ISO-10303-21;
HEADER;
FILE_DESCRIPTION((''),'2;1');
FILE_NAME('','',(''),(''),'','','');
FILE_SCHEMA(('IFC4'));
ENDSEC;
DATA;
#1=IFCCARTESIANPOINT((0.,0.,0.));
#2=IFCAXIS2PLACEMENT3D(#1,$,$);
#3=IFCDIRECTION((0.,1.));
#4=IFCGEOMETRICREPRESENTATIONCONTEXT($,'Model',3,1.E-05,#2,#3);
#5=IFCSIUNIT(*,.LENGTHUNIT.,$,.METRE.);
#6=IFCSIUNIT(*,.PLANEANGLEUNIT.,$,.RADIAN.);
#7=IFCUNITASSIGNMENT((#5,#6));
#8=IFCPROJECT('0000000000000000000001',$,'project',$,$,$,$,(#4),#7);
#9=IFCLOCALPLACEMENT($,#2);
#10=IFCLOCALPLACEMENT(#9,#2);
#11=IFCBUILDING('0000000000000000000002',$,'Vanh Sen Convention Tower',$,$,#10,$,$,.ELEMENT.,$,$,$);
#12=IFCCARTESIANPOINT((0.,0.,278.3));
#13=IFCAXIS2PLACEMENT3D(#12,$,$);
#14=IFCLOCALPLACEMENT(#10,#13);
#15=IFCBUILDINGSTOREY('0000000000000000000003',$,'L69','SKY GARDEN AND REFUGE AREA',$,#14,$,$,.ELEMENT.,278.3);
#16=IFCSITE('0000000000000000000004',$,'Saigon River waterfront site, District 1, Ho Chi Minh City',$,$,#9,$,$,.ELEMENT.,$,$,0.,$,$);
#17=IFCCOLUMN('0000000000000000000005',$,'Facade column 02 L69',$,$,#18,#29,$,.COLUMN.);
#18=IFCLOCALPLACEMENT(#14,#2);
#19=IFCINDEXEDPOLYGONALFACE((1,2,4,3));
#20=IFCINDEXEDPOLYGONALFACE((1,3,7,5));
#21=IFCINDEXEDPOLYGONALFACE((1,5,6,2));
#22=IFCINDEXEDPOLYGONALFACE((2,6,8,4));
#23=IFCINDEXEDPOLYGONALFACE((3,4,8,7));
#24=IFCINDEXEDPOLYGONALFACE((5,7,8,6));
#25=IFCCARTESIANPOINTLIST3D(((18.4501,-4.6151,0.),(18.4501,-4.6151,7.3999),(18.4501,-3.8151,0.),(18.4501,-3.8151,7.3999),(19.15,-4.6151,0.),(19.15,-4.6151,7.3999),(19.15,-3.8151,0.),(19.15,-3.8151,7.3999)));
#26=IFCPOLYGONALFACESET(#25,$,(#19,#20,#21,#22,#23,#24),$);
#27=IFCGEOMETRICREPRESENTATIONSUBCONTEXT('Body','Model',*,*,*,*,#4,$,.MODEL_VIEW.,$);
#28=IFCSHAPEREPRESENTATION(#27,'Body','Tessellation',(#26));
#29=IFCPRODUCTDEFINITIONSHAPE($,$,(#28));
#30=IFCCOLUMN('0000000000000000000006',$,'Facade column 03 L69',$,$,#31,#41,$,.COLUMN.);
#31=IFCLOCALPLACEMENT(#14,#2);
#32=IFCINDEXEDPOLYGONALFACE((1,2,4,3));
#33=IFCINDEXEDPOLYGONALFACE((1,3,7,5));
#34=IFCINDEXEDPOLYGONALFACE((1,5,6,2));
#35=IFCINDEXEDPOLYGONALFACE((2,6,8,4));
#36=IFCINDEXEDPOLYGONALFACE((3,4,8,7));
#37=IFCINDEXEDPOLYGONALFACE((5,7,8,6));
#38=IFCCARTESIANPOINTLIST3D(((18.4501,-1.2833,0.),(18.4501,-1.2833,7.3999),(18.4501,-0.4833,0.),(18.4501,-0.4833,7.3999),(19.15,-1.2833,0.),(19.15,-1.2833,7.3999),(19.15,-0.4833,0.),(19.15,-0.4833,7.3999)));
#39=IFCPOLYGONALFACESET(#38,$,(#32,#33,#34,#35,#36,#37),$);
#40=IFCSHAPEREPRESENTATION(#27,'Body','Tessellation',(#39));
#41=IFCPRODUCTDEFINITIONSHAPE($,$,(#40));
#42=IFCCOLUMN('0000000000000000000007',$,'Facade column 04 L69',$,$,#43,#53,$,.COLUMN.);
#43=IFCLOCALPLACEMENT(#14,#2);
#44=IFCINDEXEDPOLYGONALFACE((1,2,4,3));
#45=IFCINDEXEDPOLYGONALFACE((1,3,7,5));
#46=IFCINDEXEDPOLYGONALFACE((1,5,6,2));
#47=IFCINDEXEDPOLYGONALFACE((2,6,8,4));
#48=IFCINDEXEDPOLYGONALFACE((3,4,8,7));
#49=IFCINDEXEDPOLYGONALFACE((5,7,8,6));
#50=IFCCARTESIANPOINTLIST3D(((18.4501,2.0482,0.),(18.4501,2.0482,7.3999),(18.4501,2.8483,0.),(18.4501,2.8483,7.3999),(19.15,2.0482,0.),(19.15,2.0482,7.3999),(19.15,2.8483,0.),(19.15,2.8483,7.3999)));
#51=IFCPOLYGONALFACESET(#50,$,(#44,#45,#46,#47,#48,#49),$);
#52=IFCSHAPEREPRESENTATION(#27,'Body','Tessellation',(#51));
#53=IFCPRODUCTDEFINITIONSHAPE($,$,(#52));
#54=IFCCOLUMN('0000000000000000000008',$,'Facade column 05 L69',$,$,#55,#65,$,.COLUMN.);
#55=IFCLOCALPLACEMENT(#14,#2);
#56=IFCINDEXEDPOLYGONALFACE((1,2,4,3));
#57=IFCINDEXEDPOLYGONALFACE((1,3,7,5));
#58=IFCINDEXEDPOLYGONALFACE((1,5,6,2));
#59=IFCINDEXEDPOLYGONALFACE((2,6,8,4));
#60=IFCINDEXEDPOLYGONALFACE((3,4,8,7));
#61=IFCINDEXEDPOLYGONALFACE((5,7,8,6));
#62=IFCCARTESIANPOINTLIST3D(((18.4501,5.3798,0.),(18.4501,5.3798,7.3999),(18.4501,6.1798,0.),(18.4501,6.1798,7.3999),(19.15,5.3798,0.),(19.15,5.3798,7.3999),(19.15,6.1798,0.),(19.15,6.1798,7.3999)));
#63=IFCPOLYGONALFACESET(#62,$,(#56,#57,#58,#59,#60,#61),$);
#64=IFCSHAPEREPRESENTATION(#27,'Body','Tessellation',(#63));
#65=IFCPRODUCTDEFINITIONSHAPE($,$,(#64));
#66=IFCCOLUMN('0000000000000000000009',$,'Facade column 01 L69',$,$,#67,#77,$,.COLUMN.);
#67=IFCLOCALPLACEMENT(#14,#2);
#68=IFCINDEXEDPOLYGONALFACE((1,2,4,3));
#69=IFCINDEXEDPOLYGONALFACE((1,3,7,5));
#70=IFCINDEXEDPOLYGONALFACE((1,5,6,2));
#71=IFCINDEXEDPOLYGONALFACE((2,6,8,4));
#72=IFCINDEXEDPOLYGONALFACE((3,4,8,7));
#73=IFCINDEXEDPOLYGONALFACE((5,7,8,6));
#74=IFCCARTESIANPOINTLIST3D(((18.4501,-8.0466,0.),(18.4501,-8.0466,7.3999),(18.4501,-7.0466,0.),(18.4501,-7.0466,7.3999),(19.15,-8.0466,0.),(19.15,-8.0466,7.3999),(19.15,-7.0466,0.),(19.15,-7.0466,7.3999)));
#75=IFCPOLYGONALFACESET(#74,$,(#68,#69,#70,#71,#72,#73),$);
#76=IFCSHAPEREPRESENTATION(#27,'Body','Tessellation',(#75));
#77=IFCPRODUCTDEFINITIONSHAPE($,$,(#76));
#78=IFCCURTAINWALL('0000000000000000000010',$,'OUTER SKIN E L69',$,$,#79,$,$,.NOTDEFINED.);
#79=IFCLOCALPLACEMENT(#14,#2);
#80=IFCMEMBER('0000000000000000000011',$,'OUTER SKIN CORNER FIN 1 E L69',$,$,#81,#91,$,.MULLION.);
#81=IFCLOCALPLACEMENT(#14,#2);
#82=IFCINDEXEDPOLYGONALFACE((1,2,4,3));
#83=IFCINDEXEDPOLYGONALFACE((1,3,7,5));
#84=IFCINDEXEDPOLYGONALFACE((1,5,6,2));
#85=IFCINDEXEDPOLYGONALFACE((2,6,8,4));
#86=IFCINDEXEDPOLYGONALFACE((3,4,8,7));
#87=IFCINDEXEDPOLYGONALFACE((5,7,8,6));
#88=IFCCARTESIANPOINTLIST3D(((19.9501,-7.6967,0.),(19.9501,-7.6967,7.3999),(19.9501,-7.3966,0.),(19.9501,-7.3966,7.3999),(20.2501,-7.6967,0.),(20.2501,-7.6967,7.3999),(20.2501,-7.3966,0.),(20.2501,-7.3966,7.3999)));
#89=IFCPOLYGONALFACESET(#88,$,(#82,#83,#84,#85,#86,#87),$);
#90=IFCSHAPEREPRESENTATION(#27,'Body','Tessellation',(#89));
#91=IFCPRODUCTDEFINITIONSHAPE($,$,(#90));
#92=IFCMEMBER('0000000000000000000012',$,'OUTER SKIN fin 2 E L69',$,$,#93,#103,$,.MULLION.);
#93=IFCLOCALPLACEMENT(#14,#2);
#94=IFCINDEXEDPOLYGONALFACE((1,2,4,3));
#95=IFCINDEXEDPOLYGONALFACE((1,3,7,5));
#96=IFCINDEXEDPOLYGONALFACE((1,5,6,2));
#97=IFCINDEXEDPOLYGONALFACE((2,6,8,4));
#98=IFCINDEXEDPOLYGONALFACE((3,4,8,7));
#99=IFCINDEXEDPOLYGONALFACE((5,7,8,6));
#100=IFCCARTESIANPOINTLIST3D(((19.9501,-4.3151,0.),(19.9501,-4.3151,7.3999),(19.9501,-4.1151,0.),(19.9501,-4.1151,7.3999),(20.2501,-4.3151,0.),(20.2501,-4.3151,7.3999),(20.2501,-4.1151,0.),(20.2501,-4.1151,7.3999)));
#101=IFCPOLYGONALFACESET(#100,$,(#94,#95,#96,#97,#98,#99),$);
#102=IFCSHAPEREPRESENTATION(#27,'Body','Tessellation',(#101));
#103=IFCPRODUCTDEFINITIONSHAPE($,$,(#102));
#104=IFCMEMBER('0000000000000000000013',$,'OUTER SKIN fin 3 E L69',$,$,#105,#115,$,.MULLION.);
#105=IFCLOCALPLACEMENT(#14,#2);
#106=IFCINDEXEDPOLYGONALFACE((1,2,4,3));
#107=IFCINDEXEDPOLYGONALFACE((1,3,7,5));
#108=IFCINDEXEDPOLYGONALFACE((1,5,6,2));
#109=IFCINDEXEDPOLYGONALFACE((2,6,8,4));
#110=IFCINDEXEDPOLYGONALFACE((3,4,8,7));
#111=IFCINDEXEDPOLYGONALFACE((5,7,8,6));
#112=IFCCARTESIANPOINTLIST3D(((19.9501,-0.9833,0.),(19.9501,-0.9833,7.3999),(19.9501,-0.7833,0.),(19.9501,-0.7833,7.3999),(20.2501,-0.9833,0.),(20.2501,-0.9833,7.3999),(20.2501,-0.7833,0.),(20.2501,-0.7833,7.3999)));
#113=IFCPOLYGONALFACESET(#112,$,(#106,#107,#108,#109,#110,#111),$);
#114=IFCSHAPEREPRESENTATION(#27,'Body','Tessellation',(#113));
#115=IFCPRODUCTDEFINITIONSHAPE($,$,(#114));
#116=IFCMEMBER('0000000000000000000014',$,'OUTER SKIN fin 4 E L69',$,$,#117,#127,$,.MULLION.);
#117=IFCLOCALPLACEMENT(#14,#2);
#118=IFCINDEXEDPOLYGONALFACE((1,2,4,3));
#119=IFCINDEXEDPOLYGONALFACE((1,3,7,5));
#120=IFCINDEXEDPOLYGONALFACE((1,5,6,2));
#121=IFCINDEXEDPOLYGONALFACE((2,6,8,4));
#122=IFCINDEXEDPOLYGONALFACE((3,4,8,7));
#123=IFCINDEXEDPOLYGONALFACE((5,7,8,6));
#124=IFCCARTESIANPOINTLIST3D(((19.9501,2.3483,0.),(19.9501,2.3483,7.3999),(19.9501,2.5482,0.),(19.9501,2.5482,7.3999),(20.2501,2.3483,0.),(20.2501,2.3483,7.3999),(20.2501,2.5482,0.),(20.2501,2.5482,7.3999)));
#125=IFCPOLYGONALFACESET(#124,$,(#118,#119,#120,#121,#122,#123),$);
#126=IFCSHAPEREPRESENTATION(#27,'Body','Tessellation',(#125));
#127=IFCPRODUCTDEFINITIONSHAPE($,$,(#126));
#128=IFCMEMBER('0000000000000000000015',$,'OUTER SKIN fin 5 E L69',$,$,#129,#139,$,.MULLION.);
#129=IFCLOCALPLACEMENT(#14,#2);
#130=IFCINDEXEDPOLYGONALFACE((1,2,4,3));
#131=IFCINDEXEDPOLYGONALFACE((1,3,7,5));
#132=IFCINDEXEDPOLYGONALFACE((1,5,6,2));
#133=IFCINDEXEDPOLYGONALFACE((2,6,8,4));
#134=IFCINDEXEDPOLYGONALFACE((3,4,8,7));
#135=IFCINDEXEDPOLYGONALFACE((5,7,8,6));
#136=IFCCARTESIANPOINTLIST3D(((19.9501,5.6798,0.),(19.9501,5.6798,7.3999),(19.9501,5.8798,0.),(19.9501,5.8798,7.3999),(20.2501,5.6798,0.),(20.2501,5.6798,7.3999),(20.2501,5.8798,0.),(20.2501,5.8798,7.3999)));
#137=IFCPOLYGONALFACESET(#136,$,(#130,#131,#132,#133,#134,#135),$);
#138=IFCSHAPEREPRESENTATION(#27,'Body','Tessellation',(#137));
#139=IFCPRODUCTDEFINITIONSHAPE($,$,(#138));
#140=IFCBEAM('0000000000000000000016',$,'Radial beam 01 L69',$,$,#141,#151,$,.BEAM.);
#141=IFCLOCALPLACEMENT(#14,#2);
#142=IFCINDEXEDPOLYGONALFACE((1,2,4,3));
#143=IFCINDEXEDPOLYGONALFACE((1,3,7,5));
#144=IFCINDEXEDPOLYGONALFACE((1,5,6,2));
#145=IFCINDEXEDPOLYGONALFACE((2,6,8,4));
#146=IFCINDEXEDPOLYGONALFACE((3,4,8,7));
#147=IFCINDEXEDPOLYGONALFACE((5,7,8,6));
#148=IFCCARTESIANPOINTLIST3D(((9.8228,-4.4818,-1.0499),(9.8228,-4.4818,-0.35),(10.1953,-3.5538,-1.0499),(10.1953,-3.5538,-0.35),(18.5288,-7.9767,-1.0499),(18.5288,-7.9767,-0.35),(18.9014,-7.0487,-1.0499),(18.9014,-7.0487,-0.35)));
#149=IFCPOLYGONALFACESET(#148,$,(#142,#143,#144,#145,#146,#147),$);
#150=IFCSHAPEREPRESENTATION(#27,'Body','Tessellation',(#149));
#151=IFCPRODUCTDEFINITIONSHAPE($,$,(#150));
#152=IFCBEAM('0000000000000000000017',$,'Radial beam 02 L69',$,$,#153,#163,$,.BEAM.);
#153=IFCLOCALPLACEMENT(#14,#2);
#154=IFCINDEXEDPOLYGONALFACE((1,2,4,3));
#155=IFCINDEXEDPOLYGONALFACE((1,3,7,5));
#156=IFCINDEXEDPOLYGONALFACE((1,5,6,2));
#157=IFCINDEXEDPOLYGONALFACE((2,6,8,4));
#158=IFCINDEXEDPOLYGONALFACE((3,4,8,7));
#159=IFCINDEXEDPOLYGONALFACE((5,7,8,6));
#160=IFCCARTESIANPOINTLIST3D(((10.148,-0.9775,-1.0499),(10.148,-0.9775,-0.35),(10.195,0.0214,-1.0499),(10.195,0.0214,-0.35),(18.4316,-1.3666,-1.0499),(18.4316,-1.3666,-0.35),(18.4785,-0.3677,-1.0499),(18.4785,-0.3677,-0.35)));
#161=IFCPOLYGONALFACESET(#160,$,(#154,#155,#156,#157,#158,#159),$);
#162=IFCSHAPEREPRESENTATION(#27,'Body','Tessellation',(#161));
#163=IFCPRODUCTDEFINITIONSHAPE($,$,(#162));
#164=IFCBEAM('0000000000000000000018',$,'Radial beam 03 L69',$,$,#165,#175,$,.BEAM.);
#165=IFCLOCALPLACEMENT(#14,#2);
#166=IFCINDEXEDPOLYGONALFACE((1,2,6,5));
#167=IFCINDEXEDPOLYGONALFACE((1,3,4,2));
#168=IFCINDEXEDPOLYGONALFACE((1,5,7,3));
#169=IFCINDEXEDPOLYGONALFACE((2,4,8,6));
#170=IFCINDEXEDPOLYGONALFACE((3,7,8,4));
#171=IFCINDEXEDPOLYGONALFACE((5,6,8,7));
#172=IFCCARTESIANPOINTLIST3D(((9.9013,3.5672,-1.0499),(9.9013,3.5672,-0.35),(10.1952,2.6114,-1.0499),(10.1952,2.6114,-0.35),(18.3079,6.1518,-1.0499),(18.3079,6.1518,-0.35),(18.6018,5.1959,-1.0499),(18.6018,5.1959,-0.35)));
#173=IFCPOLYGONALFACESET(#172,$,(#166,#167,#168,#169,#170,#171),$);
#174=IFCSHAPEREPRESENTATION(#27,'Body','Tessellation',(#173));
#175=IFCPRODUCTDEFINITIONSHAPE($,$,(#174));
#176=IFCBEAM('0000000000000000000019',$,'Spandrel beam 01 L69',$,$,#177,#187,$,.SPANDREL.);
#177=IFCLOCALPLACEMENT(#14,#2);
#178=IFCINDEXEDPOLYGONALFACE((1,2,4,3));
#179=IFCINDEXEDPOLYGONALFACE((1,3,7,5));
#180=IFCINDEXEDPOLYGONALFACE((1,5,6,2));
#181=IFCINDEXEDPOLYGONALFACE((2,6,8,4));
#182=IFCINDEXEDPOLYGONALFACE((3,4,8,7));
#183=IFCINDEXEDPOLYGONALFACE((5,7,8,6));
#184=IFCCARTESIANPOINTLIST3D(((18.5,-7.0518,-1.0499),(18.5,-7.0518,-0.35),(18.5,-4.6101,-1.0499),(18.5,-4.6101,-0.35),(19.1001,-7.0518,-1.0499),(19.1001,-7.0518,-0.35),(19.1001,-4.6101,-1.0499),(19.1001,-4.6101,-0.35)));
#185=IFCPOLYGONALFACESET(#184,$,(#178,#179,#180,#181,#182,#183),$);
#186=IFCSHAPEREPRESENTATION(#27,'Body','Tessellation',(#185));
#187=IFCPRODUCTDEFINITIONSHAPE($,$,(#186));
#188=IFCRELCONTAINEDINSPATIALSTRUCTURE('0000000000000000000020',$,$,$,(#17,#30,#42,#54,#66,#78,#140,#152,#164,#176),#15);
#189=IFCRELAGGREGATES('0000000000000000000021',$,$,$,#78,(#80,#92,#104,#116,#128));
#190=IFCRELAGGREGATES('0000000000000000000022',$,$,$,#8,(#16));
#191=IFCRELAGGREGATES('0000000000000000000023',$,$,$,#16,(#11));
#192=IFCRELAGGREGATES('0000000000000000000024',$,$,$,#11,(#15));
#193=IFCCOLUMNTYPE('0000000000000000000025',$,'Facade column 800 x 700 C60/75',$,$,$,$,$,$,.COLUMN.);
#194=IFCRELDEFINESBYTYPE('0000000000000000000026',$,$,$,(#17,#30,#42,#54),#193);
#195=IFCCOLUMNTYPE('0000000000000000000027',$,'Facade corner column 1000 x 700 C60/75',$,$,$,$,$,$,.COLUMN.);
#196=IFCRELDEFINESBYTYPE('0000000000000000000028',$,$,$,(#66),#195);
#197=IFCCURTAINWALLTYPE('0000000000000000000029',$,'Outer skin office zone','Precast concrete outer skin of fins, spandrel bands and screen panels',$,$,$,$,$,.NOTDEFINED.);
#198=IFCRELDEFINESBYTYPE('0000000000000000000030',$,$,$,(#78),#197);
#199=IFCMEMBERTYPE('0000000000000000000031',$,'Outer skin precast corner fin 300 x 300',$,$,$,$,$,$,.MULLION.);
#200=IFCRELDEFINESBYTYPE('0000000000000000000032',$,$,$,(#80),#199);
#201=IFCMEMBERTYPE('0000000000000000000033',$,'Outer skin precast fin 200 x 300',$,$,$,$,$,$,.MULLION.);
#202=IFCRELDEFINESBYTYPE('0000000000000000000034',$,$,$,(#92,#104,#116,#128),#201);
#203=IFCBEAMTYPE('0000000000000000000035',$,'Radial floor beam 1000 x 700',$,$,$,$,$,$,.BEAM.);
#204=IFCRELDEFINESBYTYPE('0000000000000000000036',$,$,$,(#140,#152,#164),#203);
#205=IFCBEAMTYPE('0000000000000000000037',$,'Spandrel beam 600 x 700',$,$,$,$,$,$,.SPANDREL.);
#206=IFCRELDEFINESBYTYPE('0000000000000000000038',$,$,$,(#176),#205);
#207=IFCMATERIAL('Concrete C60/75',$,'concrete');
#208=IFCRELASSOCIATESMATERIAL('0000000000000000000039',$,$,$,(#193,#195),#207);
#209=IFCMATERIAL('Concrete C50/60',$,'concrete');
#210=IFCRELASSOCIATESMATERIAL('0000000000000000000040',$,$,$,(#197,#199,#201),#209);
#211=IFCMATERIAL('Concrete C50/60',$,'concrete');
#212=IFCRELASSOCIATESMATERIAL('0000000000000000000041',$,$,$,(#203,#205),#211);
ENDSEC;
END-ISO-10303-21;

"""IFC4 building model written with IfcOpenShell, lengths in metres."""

from ifc_helpers import new_model, si_unit, direction, frame, origin, origin_2d, place, context, subcontext, project, spatial, rectangle, extrude, material, material_profile, profile_set, type_object, element, aggregate, save


model = new_model("IFC4")

# Units and contexts
model_context = context("Model", 3, precision=1e-05, world=origin(), true_north=direction((0.0, 1.0)))
body_context = subcontext(model_context, "Body", "Model", "MODEL_VIEW")
ifc_project = project(units=[si_unit("LENGTHUNIT", "METRE"), si_unit("PLANEANGLEUNIT", "RADIAN")], contexts=[model_context])

# Site, building, storey
site_placement = place(None, origin())
site = spatial("IfcSite", under=ifc_project, at=site_placement, Name="Saigon River waterfront site, District 1, Ho Chi Minh City", CompositionType="ELEMENT", RefElevation=0.0)
building_placement = place(site_placement, origin())
building = spatial("IfcBuilding", under=site, at=building_placement, Name="Vanh Sen Convention Tower", CompositionType="ELEMENT")
storey_placement = place(building_placement, frame((0.0, 0.0, 278.3)))
storey = spatial("IfcBuildingStorey", under=building, at=storey_placement, Name="L69", Description="SKY GARDEN AND REFUGE AREA", CompositionType="ELEMENT", Elevation=278.3)

# Columns
ifc_material_1 = material(Name="Concrete C60/75", Category="concrete")
ifc_material_profile_1 = material_profile(ifc_material_1, rectangle(XDim=0.8, YDim=0.7, at=origin_2d()), Name="RC 800X700")
ifc_profile_set_1 = profile_set([ifc_material_profile_1], Name="Concrete C60/75")
column_type_1 = type_object("IfcColumnType", Name="Facade column 800 x 700 C60/75", PredefinedType="COLUMN", material=ifc_profile_set_1)
for number, where, z_axis, x_axis, name in (
    (1, (18.8, -4.2151, 0.0), (0.0, 0.0, 1.0), (0.0, 1.0, 0.0), "Facade column 02 L69"),
    (2, (18.8, -0.8833, 0.0), (0.0, 0.0, 1.0), (0.0, 1.0, 0.0), "Facade column 03 L69"),
    (3, (18.8, 2.4482, 0.0), (0.0, 0.0, 1.0), (0.0, 1.0, 0.0), "Facade column 04 L69"),
    (4, (18.8, 5.7798, 0.0), (0.0, 0.0, 1.0), (0.0, 1.0, 0.0), "Facade column 05 L69"),
):
    element("IfcColumn", number, at=place(storey_placement, frame(where, z_axis=z_axis, x_axis=x_axis)), inside=storey, type_object=column_type_1, Name=name, PredefinedType="COLUMN", context=body_context, shape_type="SweptSolid", body=[
        extrude(rectangle(XDim=0.8, YDim=0.7, at=origin_2d()), origin(), (0.0, 0.0, 1.0), 7.3999),
    ])
ifc_material_profile_2 = material_profile(ifc_material_1, rectangle(XDim=1.0, YDim=0.7, at=origin_2d()), Name="RC 1000X700")
ifc_profile_set_2 = profile_set([ifc_material_profile_2], Name="Concrete C60/75")
column_type_2 = type_object("IfcColumnType", Name="Facade corner column 1000 x 700 C60/75", PredefinedType="COLUMN", material=ifc_profile_set_2)
column_placement = place(storey_placement, frame((18.8, -7.5466, 0.0), z_axis=(0.0, 0.0, 1.0), x_axis=(0.0, 1.0, 0.0)))
element("IfcColumn", 5, at=column_placement, inside=storey, type_object=column_type_2, Name="Facade column 01 L69", PredefinedType="COLUMN", context=body_context, shape_type="SweptSolid", body=[
    extrude(rectangle(XDim=1.0, YDim=0.7, at=origin_2d()), origin(), (0.0, 0.0, 1.0), 7.3999),
])

# Curtain wall, members
ifc_material_2 = material(Name="Concrete C50/60", Category="concrete")
curtain_wall_type = type_object("IfcCurtainWallType", Name="Outer skin office zone", Description="Precast concrete outer skin of fins, spandrel bands and screen panels", PredefinedType="NOTDEFINED", material=ifc_material_2)
curtain_wall_placement = place(storey_placement, origin())
curtain_wall = element("IfcCurtainWall", 6, at=curtain_wall_placement, inside=storey, type_object=curtain_wall_type, Name="OUTER SKIN E L69", PredefinedType="NOTDEFINED")
ifc_material_profile_3 = material_profile(ifc_material_2, rectangle(XDim=0.3, YDim=0.3, at=origin_2d()), Name="Outer skin precast corner fin 300 x 300")
ifc_profile_set_3 = profile_set([ifc_material_profile_3], Name="Concrete C50/60")
member_type_1 = type_object("IfcMemberType", Name="Outer skin precast corner fin 300 x 300", PredefinedType="MULLION", material=ifc_profile_set_3)
member_1_placement = place(storey_placement, frame((20.1001, -7.5466, 0.0), z_axis=(0.0, 0.0, 1.0), x_axis=(0.0, 1.0, 0.0)))
member_1 = element("IfcMember", 7, at=member_1_placement, type_object=member_type_1, Name="OUTER SKIN CORNER FIN 1 E L69", PredefinedType="MULLION", context=body_context, shape_type="SweptSolid", body=[
    extrude(rectangle(XDim=0.3, YDim=0.3, at=origin_2d()), origin(), (0.0, 0.0, 1.0), 7.3999),
])
ifc_material_profile_4 = material_profile(ifc_material_2, rectangle(XDim=0.2, YDim=0.3, at=origin_2d()), Name="Outer skin precast fin 200 x 300")
ifc_profile_set_4 = profile_set([ifc_material_profile_4], Name="Concrete C50/60")
member_type_2 = type_object("IfcMemberType", Name="Outer skin precast fin 200 x 300", PredefinedType="MULLION", material=ifc_profile_set_4)
member_2_placement = place(storey_placement, frame((20.1001, -4.2151, 0.0), z_axis=(0.0, 0.0, 1.0), x_axis=(0.0, 1.0, 0.0)))
member_2 = element("IfcMember", 8, at=member_2_placement, type_object=member_type_2, Name="OUTER SKIN fin 2 E L69", PredefinedType="MULLION", context=body_context, shape_type="SweptSolid", body=[
    extrude(rectangle(XDim=0.2, YDim=0.3, at=origin_2d()), origin(), (0.0, 0.0, 1.0), 7.3999),
])
member_3_placement = place(storey_placement, frame((20.1001, -0.8833, 0.0), z_axis=(0.0, 0.0, 1.0), x_axis=(0.0, 1.0, 0.0)))
member_3 = element("IfcMember", 9, at=member_3_placement, type_object=member_type_2, Name="OUTER SKIN fin 3 E L69", PredefinedType="MULLION", context=body_context, shape_type="SweptSolid", body=[
    extrude(rectangle(XDim=0.2, YDim=0.3, at=origin_2d()), origin(), (0.0, 0.0, 1.0), 7.3999),
])
member_4_placement = place(storey_placement, frame((20.1001, 2.4482, 0.0), z_axis=(0.0, 0.0, 1.0), x_axis=(0.0, 1.0, 0.0)))
member_4 = element("IfcMember", 10, at=member_4_placement, type_object=member_type_2, Name="OUTER SKIN fin 4 E L69", PredefinedType="MULLION", context=body_context, shape_type="SweptSolid", body=[
    extrude(rectangle(XDim=0.2, YDim=0.3, at=origin_2d()), origin(), (0.0, 0.0, 1.0), 7.3999),
])
member_5_placement = place(storey_placement, frame((20.1001, 5.7798, 0.0), z_axis=(0.0, 0.0, 1.0), x_axis=(0.0, 1.0, 0.0)))
member_5 = element("IfcMember", 11, at=member_5_placement, type_object=member_type_2, Name="OUTER SKIN fin 5 E L69", PredefinedType="MULLION", context=body_context, shape_type="SweptSolid", body=[
    extrude(rectangle(XDim=0.2, YDim=0.3, at=origin_2d()), origin(), (0.0, 0.0, 1.0), 7.3999),
])

# Beams
ifc_material_3 = material(Name="Concrete C50/60", Category="concrete")
ifc_material_profile_5 = material_profile(ifc_material_3, rectangle(XDim=1.0, YDim=0.7, at=origin_2d()), Name="RC 1000X700")
ifc_profile_set_5 = profile_set([ifc_material_profile_5], Name="Concrete C50/60")
beam_type_1 = type_object("IfcBeamType", Name="Radial floor beam 1000 x 700", PredefinedType="BEAM", material=ifc_profile_set_5)
beam_1_placement = place(storey_placement, frame((18.7151, -7.5127, -0.7), z_axis=(-0.928018, 0.372535, 0.0), x_axis=(-0.372535, -0.928018, 0.0)))
element("IfcBeam", 12, at=beam_1_placement, inside=storey, type_object=beam_type_1, Name="Radial beam 01 L69", PredefinedType="BEAM", context=body_context, shape_type="SweptSolid", body=[
    extrude(rectangle(XDim=1.0, YDim=0.7, at=origin_2d()), origin(), (0.0, 0.0, 1.0), 9.3813),
])
beam_2_placement = place(storey_placement, frame((18.4551, -0.8672, -0.7), z_axis=(-0.998898, 0.046927, 0.0), x_axis=(-0.046927, -0.998898, 0.0)))
element("IfcBeam", 13, at=beam_2_placement, inside=storey, type_object=beam_type_1, Name="Radial beam 02 L69", PredefinedType="BEAM", context=body_context, shape_type="SweptSolid", body=[
    extrude(rectangle(XDim=1.0, YDim=0.7, at=origin_2d()), origin(), (0.0, 0.0, 1.0), 8.2927),
])
beam_3_placement = place(storey_placement, frame((18.4548, 5.6738, -0.7), z_axis=(-0.955847, -0.293863, 0.0), x_axis=(0.293863, -0.955847, 0.0)))
element("IfcBeam", 14, at=beam_3_placement, inside=storey, type_object=beam_type_1, Name="Radial beam 03 L69", PredefinedType="BEAM", context=body_context, shape_type="SweptSolid", body=[
    extrude(rectangle(XDim=1.0, YDim=0.7, at=origin_2d()), origin(), (0.0, 0.0, 1.0), 8.7949),
])
ifc_material_profile_6 = material_profile(ifc_material_3, rectangle(XDim=0.6001, YDim=0.7, at=origin_2d()), Name="RC 600X700")
ifc_profile_set_6 = profile_set([ifc_material_profile_6], Name="Concrete C50/60")
beam_type_2 = type_object("IfcBeamType", Name="Spandrel beam 600 x 700", PredefinedType="SPANDREL", material=ifc_profile_set_6)
beam_4_placement = place(storey_placement, frame((18.8, -7.0518, -0.7), z_axis=(0.0, 1.0, 0.0), x_axis=(-1.0, 0.0, 0.0)))
element("IfcBeam", 15, at=beam_4_placement, inside=storey, type_object=beam_type_2, Name="Spandrel beam 01 L69", PredefinedType="SPANDREL", context=body_context, shape_type="SweptSolid", body=[
    extrude(rectangle(XDim=0.6001, YDim=0.7, at=origin_2d()), origin(), (0.0, 0.0, 1.0), 2.4417),
])

aggregate(curtain_wall, [member_1, member_2, member_3, member_4, member_5])

save(model, "model.ifc")
